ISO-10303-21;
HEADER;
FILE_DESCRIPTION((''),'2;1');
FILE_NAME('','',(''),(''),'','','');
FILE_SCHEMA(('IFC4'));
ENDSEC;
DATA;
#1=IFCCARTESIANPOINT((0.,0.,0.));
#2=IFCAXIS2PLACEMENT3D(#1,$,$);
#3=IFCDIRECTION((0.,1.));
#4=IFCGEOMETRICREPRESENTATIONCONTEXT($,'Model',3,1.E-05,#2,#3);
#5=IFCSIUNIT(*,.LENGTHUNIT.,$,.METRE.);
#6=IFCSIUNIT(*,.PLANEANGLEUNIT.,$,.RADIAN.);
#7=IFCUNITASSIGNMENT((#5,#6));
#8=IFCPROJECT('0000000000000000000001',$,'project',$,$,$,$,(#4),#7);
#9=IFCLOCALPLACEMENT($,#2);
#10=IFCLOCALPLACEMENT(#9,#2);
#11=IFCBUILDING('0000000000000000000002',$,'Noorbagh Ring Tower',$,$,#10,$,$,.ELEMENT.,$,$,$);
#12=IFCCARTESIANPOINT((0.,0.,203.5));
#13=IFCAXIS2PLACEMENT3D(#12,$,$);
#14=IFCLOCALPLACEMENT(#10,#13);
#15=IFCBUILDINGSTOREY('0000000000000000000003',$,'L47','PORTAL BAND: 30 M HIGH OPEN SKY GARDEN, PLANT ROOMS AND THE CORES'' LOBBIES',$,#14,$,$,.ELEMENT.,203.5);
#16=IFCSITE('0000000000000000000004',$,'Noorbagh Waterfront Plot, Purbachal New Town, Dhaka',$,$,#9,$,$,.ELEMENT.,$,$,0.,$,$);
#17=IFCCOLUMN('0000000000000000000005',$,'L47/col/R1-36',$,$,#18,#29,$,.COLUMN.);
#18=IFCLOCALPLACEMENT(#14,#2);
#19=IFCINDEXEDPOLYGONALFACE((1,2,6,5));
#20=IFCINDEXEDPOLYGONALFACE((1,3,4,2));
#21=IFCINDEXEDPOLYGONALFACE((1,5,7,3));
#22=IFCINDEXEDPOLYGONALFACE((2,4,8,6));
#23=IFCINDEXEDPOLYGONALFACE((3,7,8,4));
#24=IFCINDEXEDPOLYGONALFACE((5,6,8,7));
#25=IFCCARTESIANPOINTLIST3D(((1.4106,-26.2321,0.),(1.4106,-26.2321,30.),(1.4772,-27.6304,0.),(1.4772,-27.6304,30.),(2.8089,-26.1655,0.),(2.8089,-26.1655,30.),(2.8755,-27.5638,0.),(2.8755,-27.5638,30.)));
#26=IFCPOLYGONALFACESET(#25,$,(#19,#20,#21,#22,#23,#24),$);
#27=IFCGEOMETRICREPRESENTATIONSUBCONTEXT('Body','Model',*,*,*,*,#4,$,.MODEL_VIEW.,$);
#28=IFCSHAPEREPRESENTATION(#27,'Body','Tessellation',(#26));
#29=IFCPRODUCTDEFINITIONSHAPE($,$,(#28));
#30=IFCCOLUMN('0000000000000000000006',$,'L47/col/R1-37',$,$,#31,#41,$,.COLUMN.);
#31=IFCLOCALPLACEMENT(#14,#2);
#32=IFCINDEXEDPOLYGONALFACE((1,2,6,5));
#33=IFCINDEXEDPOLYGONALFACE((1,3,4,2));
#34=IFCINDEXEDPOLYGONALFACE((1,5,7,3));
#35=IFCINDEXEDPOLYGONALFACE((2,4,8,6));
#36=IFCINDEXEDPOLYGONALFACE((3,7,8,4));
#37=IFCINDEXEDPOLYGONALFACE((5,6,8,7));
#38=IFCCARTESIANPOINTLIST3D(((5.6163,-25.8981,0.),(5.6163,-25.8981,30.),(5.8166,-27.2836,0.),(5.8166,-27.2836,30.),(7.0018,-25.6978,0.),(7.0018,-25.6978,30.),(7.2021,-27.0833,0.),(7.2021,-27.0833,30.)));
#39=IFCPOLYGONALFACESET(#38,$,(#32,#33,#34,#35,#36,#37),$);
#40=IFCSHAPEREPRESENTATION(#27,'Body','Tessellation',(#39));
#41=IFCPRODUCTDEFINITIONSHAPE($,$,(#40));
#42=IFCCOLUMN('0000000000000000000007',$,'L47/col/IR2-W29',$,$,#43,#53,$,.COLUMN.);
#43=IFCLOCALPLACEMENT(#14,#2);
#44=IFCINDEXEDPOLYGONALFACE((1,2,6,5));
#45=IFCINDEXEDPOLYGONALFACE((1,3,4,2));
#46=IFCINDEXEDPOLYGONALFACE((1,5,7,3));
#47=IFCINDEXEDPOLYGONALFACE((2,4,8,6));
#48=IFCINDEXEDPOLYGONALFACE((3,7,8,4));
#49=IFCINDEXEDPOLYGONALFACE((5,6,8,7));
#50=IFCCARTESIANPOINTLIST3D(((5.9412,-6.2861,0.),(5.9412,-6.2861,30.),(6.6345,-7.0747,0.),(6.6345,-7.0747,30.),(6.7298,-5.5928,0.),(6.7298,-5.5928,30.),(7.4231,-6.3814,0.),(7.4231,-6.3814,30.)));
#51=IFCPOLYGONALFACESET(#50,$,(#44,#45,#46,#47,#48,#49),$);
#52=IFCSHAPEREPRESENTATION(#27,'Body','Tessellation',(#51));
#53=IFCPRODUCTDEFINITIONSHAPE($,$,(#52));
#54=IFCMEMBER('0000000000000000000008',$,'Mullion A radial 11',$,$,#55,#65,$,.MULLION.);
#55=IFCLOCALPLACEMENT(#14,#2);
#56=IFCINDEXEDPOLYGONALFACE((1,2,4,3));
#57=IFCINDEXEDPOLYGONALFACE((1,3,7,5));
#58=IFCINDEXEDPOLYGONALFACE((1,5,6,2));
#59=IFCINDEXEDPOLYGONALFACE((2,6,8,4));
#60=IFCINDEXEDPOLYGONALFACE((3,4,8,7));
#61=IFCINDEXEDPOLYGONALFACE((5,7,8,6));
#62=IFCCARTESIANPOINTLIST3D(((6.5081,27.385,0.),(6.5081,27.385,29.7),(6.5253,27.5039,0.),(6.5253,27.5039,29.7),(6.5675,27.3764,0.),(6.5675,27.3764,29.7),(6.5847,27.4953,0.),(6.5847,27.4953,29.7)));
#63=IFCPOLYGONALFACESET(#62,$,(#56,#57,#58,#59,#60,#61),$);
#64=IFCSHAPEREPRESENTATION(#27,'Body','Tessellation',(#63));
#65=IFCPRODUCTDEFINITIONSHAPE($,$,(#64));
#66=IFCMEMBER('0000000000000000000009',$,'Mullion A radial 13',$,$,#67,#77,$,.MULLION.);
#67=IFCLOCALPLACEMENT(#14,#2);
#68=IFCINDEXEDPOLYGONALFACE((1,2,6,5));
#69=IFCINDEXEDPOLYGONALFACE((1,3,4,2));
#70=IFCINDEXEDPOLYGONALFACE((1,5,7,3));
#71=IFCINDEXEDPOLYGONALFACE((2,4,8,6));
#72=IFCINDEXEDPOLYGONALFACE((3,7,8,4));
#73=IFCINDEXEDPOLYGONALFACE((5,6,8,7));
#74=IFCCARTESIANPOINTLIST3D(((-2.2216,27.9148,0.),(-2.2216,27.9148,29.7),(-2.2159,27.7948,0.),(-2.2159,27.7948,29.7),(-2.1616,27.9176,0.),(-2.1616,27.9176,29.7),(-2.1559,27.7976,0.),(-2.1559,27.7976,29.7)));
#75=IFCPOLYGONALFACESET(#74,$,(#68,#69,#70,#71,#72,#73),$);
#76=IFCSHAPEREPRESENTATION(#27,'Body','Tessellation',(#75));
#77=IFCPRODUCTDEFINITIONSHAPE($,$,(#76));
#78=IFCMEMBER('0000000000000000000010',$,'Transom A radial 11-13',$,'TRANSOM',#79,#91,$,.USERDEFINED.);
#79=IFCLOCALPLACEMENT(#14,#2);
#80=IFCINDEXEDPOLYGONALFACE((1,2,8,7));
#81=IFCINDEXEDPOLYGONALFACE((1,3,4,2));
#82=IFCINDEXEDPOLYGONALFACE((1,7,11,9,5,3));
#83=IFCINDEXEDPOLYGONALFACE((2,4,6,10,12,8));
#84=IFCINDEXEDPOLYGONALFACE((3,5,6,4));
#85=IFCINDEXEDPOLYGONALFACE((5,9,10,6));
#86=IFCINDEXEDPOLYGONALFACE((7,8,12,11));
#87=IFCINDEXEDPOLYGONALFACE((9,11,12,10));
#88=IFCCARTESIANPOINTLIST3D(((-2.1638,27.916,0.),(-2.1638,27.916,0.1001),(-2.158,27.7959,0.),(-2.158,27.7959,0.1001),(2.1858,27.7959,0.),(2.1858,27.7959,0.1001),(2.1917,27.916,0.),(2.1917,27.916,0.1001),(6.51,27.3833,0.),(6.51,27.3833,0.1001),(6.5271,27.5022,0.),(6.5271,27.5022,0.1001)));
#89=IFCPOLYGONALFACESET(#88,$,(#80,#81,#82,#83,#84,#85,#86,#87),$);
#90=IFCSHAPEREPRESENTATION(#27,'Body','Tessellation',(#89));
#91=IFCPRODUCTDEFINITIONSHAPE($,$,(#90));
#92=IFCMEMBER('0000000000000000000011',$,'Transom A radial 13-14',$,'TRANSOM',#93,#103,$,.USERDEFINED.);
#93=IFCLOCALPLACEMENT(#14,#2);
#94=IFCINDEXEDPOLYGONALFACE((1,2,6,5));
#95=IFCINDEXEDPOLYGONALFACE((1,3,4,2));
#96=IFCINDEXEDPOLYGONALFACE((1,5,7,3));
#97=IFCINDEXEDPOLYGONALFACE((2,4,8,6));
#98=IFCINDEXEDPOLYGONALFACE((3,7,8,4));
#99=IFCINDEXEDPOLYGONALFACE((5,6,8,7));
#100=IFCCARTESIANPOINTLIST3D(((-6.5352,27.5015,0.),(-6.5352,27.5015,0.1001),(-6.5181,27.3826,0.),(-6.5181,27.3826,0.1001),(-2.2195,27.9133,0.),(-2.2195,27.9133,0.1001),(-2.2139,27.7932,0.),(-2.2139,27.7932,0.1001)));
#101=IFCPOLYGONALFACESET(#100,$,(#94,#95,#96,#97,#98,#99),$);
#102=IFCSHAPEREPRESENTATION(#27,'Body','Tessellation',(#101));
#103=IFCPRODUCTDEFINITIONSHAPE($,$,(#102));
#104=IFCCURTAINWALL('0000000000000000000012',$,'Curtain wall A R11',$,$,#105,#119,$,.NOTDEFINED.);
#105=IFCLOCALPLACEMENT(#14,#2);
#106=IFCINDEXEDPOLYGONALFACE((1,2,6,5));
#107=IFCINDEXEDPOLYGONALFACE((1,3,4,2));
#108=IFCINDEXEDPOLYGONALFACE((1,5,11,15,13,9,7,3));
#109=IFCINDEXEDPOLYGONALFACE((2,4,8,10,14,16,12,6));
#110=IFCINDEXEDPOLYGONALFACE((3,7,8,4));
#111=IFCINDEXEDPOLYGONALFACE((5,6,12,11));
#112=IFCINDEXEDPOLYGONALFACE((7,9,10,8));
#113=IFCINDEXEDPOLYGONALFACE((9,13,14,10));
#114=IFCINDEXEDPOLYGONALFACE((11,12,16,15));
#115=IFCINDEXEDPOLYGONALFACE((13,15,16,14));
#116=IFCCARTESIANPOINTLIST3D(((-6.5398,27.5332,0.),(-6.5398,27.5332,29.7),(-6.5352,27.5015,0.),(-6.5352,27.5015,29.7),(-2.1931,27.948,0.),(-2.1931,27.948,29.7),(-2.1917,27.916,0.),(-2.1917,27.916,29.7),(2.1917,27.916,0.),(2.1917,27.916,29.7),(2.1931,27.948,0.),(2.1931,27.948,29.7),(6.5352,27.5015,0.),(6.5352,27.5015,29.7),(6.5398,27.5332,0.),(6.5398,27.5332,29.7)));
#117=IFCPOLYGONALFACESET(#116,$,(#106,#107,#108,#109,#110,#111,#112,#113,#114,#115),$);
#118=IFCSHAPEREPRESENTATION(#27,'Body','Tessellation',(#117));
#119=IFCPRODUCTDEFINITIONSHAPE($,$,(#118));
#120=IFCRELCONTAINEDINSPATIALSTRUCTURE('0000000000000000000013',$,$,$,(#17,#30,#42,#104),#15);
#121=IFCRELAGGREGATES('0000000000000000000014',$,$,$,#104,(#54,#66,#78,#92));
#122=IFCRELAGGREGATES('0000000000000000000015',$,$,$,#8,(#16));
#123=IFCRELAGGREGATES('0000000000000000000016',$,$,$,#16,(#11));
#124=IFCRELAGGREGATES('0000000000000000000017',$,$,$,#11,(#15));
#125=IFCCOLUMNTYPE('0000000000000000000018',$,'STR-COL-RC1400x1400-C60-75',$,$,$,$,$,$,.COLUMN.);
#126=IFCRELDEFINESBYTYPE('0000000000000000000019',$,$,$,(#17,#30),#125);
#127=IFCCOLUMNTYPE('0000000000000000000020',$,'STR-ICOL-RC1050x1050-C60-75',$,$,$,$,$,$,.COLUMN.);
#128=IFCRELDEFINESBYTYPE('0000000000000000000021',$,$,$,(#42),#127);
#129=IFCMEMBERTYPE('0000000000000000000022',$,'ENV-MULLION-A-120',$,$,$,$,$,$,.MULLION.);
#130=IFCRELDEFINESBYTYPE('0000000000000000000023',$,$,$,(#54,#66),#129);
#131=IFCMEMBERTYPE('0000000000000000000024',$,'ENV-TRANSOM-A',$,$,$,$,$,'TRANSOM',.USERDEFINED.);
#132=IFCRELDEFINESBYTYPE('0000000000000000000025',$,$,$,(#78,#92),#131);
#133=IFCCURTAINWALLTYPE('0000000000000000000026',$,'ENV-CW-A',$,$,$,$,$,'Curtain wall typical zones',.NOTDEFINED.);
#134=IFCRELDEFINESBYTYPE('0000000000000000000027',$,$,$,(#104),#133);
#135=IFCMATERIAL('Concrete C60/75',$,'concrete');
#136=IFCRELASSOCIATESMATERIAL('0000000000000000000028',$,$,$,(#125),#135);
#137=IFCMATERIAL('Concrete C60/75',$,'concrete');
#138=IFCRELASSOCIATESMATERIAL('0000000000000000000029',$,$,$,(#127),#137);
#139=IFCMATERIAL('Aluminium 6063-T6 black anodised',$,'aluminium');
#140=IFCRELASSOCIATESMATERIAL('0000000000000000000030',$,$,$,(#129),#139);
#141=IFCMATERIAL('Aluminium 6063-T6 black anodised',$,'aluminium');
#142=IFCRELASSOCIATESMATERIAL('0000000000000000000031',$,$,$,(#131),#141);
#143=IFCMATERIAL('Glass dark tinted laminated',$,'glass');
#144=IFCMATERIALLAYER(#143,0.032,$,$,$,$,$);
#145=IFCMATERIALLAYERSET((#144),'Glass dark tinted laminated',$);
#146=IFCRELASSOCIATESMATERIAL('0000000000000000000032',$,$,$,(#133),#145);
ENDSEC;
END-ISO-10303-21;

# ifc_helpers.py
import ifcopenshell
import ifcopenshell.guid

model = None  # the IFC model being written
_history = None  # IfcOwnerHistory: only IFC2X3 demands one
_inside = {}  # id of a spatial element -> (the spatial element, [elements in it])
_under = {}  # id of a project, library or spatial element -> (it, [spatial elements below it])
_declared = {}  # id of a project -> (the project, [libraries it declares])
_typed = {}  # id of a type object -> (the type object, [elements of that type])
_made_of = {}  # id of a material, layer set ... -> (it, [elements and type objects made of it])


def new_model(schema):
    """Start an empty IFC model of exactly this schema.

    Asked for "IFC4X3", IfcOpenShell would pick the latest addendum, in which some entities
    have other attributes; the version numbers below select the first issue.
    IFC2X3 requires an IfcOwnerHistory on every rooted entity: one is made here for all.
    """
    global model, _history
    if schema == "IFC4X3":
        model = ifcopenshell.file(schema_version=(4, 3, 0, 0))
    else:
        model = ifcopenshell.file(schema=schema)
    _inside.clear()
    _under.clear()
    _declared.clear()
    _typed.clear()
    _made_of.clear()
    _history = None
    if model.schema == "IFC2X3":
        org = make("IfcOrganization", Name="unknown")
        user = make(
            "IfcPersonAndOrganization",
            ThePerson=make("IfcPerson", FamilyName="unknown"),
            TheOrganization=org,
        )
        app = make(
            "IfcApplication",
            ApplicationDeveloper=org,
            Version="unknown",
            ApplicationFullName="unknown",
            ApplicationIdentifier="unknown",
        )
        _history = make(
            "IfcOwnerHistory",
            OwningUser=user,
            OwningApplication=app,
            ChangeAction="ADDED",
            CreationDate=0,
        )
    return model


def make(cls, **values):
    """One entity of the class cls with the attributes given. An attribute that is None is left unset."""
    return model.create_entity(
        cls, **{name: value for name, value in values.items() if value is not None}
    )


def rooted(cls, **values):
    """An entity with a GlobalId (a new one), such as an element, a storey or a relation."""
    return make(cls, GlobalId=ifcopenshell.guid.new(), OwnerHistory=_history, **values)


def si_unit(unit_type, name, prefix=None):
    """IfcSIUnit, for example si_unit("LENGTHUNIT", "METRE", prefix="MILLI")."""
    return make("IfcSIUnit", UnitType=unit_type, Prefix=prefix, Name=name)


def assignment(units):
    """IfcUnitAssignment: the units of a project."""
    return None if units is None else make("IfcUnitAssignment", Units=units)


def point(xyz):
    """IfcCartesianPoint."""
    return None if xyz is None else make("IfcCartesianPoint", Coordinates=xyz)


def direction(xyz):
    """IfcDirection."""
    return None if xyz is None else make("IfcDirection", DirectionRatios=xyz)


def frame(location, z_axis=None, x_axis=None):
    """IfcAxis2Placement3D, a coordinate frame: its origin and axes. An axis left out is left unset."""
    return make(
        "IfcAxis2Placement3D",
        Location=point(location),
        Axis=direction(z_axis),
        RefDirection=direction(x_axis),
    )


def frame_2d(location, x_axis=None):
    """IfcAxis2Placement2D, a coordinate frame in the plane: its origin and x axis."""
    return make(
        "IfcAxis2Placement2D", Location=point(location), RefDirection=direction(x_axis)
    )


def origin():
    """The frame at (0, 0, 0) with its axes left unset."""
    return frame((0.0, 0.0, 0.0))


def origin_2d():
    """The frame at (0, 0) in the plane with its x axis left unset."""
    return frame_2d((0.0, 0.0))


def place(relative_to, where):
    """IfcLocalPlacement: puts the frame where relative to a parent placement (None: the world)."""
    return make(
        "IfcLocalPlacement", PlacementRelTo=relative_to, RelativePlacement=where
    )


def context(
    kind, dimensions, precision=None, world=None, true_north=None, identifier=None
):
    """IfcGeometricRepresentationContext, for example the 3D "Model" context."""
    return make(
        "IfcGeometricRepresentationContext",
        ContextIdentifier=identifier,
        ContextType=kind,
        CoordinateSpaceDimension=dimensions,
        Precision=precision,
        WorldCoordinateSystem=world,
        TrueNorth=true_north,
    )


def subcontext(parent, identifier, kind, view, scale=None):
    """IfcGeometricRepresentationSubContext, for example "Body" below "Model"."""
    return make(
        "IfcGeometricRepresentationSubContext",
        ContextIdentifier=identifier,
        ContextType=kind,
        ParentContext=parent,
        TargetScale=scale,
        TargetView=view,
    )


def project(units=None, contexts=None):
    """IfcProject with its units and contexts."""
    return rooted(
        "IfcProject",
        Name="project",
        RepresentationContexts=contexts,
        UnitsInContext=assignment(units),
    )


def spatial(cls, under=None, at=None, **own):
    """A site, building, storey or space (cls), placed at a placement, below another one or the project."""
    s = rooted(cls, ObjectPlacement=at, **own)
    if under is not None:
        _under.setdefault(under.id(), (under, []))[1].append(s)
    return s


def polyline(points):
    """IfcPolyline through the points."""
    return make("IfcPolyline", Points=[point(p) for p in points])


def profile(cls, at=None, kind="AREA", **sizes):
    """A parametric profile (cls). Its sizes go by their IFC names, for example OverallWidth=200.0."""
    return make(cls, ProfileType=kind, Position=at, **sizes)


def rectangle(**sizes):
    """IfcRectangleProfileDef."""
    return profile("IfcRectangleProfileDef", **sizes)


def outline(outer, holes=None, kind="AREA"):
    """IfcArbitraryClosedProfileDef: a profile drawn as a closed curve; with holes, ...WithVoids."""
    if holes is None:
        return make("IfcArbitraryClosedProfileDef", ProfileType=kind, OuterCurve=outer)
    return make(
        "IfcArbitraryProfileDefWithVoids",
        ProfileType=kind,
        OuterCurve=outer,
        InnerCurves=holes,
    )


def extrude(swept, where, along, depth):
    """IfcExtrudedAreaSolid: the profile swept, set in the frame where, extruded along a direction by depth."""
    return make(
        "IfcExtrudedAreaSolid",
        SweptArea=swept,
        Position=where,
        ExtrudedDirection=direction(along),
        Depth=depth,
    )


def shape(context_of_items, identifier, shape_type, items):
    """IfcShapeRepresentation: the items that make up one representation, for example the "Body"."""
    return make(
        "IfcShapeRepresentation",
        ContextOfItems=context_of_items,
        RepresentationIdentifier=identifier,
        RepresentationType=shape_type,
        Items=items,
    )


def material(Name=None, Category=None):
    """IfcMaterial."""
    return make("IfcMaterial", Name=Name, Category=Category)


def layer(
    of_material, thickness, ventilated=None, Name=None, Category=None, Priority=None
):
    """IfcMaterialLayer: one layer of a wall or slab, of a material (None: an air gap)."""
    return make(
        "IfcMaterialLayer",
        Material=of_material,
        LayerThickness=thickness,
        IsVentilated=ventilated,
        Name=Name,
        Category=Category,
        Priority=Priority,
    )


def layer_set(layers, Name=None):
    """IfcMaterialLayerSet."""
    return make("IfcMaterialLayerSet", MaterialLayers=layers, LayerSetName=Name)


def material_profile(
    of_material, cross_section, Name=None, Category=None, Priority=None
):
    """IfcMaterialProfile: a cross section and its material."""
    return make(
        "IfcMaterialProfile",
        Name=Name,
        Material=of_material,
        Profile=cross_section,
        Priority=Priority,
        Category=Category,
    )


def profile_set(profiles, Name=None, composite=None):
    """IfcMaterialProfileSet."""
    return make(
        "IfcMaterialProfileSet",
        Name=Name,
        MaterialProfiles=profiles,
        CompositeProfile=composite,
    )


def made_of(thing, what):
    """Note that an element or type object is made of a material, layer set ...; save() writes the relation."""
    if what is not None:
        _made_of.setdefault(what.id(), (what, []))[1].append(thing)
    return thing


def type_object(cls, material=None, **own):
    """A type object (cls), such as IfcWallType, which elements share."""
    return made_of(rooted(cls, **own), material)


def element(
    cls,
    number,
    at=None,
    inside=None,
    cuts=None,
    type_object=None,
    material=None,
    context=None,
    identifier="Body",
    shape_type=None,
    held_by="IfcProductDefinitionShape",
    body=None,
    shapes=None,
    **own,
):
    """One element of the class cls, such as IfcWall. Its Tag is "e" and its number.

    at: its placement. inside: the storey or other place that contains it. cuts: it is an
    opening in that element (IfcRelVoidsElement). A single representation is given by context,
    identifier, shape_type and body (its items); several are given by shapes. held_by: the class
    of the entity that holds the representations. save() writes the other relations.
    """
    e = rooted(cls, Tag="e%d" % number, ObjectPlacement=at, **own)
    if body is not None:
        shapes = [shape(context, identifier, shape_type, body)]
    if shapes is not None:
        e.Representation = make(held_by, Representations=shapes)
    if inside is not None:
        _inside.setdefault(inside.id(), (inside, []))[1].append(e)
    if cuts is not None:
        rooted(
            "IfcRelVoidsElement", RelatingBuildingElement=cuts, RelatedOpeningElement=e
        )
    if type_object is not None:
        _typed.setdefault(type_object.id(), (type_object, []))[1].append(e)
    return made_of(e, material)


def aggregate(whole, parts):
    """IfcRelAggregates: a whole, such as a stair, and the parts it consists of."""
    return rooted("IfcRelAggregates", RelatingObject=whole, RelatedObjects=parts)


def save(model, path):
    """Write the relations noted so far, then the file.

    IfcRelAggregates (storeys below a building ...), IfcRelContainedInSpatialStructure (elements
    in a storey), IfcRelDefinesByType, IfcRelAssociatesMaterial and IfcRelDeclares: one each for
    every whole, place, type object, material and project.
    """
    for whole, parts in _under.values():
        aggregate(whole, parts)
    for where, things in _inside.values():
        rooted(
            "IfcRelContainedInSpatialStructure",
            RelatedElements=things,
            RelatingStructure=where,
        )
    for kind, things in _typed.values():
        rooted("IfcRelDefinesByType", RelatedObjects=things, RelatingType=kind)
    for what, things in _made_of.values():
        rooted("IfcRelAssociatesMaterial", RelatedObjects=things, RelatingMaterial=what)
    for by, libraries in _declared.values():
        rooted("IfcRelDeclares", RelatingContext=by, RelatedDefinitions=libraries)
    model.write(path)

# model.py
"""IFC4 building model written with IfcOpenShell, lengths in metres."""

from ifc_helpers import new_model, si_unit, direction, frame, origin, origin_2d, place, context, subcontext, project, spatial, polyline, rectangle, outline, extrude, material, layer, layer_set, material_profile, profile_set, type_object, element, aggregate, save


model = new_model("IFC4")

# Units and contexts
model_context = context("Model", 3, precision=1e-05, world=origin(), true_north=direction((0.0, 1.0)))
body_context = subcontext(model_context, "Body", "Model", "MODEL_VIEW")
ifc_project = project(units=[si_unit("LENGTHUNIT", "METRE"), si_unit("PLANEANGLEUNIT", "RADIAN")], contexts=[model_context])

# Site, building, storey
site_placement = place(None, origin())
site = spatial("IfcSite", under=ifc_project, at=site_placement, Name="Noorbagh Waterfront Plot, Purbachal New Town, Dhaka", CompositionType="ELEMENT", RefElevation=0.0)
building_placement = place(site_placement, origin())
building = spatial("IfcBuilding", under=site, at=building_placement, Name="Noorbagh Ring Tower", CompositionType="ELEMENT")
storey_placement = place(building_placement, frame((0.0, 0.0, 203.5)))
storey = spatial("IfcBuildingStorey", under=building, at=storey_placement, Name="L47", Description="PORTAL BAND: 30 M HIGH OPEN SKY GARDEN, PLANT ROOMS AND THE CORES' LOBBIES", CompositionType="ELEMENT", Elevation=203.5)

# Columns
ifc_material_1 = material(Name="Concrete C60/75", Category="concrete")
ifc_material_profile_1 = material_profile(ifc_material_1, rectangle(XDim=1.3999, YDim=1.3999, at=origin_2d()), Name="RC1400x1400")
ifc_profile_set_1 = profile_set([ifc_material_profile_1], Name="Concrete C60/75")
column_type_1 = type_object("IfcColumnType", Name="STR-COL-RC1400x1400-C60-75", PredefinedType="COLUMN", material=ifc_profile_set_1)
for number, where, z_axis, x_axis, name in (
    (1, (2.1431, -26.8979, 0.0), (0.0, 0.0, 1.0), (0.998869, 0.047553, 0.0), "L47/col/R1-36"),
    (2, (6.4092, -26.4907, 0.0), (0.0, 0.0, 1.0), (0.989713, 0.143066, 0.0), "L47/col/R1-37"),
):
    element("IfcColumn", number, at=place(storey_placement, frame(where, z_axis=z_axis, x_axis=x_axis)), inside=storey, type_object=column_type_1, Name=name, PredefinedType="COLUMN", context=body_context, shape_type="SweptSolid", body=[
        extrude(rectangle(XDim=1.3999, YDim=1.3999, at=origin_2d()), origin(), (0.0, 0.0, 1.0), 30.0),
    ])
ifc_material_2 = material(Name="Concrete C60/75", Category="concrete")
ifc_material_profile_2 = material_profile(ifc_material_2, rectangle(XDim=1.05, YDim=1.05, at=origin_2d()), Name="RC1050x1050")
ifc_profile_set_2 = profile_set([ifc_material_profile_2], Name="Concrete C60/75")
column_type_2 = type_object("IfcColumnType", Name="STR-ICOL-RC1050x1050-C60-75", PredefinedType="COLUMN", material=ifc_profile_set_2)
column_placement = place(storey_placement, frame((6.6821, -6.3337, 0.0), z_axis=(0.0, 0.0, 1.0), x_axis=(0.751022, 0.660277, 0.0)))
element("IfcColumn", 3, at=column_placement, inside=storey, type_object=column_type_2, Name="L47/col/IR2-W29", PredefinedType="COLUMN", context=body_context, shape_type="SweptSolid", body=[
    extrude(rectangle(XDim=1.05, YDim=1.05, at=origin_2d()), origin(), (0.0, 0.0, 1.0), 30.0),
])

# Members
ifc_material_3 = material(Name="Aluminium 6063-T6 black anodised", Category="aluminium")
ifc_material_profile_3 = material_profile(ifc_material_3, rectangle(XDim=0.1201, YDim=0.0601, at=origin_2d()), Name="120x60")
ifc_profile_set_3 = profile_set([ifc_material_profile_3], Name="Aluminium 6063-T6 black anodised")
member_type_1 = type_object("IfcMemberType", Name="ENV-MULLION-A-120", PredefinedType="MULLION", material=ifc_profile_set_3)
member_1_placement = place(storey_placement, frame((6.5464, 27.4402, 0.0), z_axis=(0.0, 0.0, 1.0), x_axis=(-0.143082, -0.989711, 0.0)))
member_1 = element("IfcMember", 4, at=member_1_placement, type_object=member_type_1, Name="Mullion A radial 11", PredefinedType="MULLION", context=body_context, shape_type="SweptSolid", body=[
    extrude(rectangle(XDim=0.1201, YDim=0.0601, at=origin_2d()), origin(), (0.0, 0.0, 1.0), 29.7),
])
member_2_placement = place(storey_placement, frame((-2.1887, 27.8562, 0.0), z_axis=(0.0, 0.0, 1.0), x_axis=(0.047558, -0.998868, 0.0)))
member_2 = element("IfcMember", 5, at=member_2_placement, type_object=member_type_1, Name="Mullion A radial 13", PredefinedType="MULLION", context=body_context, shape_type="SweptSolid", body=[
    extrude(rectangle(XDim=0.1201, YDim=0.0601, at=origin_2d()), origin(), (0.0, 0.0, 1.0), 29.7),
])
ifc_material_4 = material(Name="Aluminium 6063-T6 black anodised", Category="aluminium")
member_type_2 = type_object("IfcMemberType", Name="ENV-TRANSOM-A", ElementType="TRANSOM", PredefinedType="USERDEFINED", material=ifc_material_4)
member_3_placement = place(storey_placement, origin())
member_3 = element("IfcMember", 6, at=member_3_placement, type_object=member_type_2, Name="Transom A radial 11-13", ObjectType="TRANSOM", PredefinedType="USERDEFINED", context=body_context, shape_type="SweptSolid", body=[
    extrude(outline(polyline([(6.5271, 27.5022), (2.1917, 27.916), (-2.1638, 27.916), (-2.158, 27.7959), (2.1858, 27.7959), (6.51, 27.3833), (6.5271, 27.5022)])), origin(), (0.0, 0.0, 1.0), 0.1001),
])
member_4_placement = place(storey_placement, origin())
member_4 = element("IfcMember", 7, at=member_4_placement, type_object=member_type_2, Name="Transom A radial 13-14", ObjectType="TRANSOM", PredefinedType="USERDEFINED", context=body_context, shape_type="SweptSolid", body=[
    extrude(outline(polyline([(-2.2195, 27.9133), (-6.5352, 27.5015), (-6.5181, 27.3826), (-2.2139, 27.7932), (-2.2195, 27.9133)])), origin(), (0.0, 0.0, 1.0), 0.1001),
])

# Curtain wall
ifc_material_5 = material(Name="Glass dark tinted laminated", Category="glass")
ifc_layer_1 = layer(ifc_material_5, 0.032)
ifc_layer_set_1 = layer_set([ifc_layer_1], Name="Glass dark tinted laminated")
curtain_wall_type = type_object("IfcCurtainWallType", Name="ENV-CW-A", ElementType="Curtain wall typical zones", PredefinedType="NOTDEFINED", material=ifc_layer_set_1)
curtain_wall_1_placement = place(storey_placement, origin())
curtain_wall_1 = element("IfcCurtainWall", 8, at=curtain_wall_1_placement, inside=storey, type_object=curtain_wall_type, Name="Curtain wall A R11", PredefinedType="NOTDEFINED", context=body_context, shape_type="SweptSolid", body=[
    extrude(outline(polyline([(6.5398, 27.5332), (2.1931, 27.948), (-2.1931, 27.948), (-6.5398, 27.5332), (-6.5352, 27.5015), (-2.1917, 27.916), (2.1917, 27.916), (6.5352, 27.5015), (6.5398, 27.5332)])), origin(), (0.0, 0.0, 1.0), 29.7),
])
aggregate(curtain_wall_1, [member_1, member_2, member_3, member_4])

save(model, "model.ifc")
